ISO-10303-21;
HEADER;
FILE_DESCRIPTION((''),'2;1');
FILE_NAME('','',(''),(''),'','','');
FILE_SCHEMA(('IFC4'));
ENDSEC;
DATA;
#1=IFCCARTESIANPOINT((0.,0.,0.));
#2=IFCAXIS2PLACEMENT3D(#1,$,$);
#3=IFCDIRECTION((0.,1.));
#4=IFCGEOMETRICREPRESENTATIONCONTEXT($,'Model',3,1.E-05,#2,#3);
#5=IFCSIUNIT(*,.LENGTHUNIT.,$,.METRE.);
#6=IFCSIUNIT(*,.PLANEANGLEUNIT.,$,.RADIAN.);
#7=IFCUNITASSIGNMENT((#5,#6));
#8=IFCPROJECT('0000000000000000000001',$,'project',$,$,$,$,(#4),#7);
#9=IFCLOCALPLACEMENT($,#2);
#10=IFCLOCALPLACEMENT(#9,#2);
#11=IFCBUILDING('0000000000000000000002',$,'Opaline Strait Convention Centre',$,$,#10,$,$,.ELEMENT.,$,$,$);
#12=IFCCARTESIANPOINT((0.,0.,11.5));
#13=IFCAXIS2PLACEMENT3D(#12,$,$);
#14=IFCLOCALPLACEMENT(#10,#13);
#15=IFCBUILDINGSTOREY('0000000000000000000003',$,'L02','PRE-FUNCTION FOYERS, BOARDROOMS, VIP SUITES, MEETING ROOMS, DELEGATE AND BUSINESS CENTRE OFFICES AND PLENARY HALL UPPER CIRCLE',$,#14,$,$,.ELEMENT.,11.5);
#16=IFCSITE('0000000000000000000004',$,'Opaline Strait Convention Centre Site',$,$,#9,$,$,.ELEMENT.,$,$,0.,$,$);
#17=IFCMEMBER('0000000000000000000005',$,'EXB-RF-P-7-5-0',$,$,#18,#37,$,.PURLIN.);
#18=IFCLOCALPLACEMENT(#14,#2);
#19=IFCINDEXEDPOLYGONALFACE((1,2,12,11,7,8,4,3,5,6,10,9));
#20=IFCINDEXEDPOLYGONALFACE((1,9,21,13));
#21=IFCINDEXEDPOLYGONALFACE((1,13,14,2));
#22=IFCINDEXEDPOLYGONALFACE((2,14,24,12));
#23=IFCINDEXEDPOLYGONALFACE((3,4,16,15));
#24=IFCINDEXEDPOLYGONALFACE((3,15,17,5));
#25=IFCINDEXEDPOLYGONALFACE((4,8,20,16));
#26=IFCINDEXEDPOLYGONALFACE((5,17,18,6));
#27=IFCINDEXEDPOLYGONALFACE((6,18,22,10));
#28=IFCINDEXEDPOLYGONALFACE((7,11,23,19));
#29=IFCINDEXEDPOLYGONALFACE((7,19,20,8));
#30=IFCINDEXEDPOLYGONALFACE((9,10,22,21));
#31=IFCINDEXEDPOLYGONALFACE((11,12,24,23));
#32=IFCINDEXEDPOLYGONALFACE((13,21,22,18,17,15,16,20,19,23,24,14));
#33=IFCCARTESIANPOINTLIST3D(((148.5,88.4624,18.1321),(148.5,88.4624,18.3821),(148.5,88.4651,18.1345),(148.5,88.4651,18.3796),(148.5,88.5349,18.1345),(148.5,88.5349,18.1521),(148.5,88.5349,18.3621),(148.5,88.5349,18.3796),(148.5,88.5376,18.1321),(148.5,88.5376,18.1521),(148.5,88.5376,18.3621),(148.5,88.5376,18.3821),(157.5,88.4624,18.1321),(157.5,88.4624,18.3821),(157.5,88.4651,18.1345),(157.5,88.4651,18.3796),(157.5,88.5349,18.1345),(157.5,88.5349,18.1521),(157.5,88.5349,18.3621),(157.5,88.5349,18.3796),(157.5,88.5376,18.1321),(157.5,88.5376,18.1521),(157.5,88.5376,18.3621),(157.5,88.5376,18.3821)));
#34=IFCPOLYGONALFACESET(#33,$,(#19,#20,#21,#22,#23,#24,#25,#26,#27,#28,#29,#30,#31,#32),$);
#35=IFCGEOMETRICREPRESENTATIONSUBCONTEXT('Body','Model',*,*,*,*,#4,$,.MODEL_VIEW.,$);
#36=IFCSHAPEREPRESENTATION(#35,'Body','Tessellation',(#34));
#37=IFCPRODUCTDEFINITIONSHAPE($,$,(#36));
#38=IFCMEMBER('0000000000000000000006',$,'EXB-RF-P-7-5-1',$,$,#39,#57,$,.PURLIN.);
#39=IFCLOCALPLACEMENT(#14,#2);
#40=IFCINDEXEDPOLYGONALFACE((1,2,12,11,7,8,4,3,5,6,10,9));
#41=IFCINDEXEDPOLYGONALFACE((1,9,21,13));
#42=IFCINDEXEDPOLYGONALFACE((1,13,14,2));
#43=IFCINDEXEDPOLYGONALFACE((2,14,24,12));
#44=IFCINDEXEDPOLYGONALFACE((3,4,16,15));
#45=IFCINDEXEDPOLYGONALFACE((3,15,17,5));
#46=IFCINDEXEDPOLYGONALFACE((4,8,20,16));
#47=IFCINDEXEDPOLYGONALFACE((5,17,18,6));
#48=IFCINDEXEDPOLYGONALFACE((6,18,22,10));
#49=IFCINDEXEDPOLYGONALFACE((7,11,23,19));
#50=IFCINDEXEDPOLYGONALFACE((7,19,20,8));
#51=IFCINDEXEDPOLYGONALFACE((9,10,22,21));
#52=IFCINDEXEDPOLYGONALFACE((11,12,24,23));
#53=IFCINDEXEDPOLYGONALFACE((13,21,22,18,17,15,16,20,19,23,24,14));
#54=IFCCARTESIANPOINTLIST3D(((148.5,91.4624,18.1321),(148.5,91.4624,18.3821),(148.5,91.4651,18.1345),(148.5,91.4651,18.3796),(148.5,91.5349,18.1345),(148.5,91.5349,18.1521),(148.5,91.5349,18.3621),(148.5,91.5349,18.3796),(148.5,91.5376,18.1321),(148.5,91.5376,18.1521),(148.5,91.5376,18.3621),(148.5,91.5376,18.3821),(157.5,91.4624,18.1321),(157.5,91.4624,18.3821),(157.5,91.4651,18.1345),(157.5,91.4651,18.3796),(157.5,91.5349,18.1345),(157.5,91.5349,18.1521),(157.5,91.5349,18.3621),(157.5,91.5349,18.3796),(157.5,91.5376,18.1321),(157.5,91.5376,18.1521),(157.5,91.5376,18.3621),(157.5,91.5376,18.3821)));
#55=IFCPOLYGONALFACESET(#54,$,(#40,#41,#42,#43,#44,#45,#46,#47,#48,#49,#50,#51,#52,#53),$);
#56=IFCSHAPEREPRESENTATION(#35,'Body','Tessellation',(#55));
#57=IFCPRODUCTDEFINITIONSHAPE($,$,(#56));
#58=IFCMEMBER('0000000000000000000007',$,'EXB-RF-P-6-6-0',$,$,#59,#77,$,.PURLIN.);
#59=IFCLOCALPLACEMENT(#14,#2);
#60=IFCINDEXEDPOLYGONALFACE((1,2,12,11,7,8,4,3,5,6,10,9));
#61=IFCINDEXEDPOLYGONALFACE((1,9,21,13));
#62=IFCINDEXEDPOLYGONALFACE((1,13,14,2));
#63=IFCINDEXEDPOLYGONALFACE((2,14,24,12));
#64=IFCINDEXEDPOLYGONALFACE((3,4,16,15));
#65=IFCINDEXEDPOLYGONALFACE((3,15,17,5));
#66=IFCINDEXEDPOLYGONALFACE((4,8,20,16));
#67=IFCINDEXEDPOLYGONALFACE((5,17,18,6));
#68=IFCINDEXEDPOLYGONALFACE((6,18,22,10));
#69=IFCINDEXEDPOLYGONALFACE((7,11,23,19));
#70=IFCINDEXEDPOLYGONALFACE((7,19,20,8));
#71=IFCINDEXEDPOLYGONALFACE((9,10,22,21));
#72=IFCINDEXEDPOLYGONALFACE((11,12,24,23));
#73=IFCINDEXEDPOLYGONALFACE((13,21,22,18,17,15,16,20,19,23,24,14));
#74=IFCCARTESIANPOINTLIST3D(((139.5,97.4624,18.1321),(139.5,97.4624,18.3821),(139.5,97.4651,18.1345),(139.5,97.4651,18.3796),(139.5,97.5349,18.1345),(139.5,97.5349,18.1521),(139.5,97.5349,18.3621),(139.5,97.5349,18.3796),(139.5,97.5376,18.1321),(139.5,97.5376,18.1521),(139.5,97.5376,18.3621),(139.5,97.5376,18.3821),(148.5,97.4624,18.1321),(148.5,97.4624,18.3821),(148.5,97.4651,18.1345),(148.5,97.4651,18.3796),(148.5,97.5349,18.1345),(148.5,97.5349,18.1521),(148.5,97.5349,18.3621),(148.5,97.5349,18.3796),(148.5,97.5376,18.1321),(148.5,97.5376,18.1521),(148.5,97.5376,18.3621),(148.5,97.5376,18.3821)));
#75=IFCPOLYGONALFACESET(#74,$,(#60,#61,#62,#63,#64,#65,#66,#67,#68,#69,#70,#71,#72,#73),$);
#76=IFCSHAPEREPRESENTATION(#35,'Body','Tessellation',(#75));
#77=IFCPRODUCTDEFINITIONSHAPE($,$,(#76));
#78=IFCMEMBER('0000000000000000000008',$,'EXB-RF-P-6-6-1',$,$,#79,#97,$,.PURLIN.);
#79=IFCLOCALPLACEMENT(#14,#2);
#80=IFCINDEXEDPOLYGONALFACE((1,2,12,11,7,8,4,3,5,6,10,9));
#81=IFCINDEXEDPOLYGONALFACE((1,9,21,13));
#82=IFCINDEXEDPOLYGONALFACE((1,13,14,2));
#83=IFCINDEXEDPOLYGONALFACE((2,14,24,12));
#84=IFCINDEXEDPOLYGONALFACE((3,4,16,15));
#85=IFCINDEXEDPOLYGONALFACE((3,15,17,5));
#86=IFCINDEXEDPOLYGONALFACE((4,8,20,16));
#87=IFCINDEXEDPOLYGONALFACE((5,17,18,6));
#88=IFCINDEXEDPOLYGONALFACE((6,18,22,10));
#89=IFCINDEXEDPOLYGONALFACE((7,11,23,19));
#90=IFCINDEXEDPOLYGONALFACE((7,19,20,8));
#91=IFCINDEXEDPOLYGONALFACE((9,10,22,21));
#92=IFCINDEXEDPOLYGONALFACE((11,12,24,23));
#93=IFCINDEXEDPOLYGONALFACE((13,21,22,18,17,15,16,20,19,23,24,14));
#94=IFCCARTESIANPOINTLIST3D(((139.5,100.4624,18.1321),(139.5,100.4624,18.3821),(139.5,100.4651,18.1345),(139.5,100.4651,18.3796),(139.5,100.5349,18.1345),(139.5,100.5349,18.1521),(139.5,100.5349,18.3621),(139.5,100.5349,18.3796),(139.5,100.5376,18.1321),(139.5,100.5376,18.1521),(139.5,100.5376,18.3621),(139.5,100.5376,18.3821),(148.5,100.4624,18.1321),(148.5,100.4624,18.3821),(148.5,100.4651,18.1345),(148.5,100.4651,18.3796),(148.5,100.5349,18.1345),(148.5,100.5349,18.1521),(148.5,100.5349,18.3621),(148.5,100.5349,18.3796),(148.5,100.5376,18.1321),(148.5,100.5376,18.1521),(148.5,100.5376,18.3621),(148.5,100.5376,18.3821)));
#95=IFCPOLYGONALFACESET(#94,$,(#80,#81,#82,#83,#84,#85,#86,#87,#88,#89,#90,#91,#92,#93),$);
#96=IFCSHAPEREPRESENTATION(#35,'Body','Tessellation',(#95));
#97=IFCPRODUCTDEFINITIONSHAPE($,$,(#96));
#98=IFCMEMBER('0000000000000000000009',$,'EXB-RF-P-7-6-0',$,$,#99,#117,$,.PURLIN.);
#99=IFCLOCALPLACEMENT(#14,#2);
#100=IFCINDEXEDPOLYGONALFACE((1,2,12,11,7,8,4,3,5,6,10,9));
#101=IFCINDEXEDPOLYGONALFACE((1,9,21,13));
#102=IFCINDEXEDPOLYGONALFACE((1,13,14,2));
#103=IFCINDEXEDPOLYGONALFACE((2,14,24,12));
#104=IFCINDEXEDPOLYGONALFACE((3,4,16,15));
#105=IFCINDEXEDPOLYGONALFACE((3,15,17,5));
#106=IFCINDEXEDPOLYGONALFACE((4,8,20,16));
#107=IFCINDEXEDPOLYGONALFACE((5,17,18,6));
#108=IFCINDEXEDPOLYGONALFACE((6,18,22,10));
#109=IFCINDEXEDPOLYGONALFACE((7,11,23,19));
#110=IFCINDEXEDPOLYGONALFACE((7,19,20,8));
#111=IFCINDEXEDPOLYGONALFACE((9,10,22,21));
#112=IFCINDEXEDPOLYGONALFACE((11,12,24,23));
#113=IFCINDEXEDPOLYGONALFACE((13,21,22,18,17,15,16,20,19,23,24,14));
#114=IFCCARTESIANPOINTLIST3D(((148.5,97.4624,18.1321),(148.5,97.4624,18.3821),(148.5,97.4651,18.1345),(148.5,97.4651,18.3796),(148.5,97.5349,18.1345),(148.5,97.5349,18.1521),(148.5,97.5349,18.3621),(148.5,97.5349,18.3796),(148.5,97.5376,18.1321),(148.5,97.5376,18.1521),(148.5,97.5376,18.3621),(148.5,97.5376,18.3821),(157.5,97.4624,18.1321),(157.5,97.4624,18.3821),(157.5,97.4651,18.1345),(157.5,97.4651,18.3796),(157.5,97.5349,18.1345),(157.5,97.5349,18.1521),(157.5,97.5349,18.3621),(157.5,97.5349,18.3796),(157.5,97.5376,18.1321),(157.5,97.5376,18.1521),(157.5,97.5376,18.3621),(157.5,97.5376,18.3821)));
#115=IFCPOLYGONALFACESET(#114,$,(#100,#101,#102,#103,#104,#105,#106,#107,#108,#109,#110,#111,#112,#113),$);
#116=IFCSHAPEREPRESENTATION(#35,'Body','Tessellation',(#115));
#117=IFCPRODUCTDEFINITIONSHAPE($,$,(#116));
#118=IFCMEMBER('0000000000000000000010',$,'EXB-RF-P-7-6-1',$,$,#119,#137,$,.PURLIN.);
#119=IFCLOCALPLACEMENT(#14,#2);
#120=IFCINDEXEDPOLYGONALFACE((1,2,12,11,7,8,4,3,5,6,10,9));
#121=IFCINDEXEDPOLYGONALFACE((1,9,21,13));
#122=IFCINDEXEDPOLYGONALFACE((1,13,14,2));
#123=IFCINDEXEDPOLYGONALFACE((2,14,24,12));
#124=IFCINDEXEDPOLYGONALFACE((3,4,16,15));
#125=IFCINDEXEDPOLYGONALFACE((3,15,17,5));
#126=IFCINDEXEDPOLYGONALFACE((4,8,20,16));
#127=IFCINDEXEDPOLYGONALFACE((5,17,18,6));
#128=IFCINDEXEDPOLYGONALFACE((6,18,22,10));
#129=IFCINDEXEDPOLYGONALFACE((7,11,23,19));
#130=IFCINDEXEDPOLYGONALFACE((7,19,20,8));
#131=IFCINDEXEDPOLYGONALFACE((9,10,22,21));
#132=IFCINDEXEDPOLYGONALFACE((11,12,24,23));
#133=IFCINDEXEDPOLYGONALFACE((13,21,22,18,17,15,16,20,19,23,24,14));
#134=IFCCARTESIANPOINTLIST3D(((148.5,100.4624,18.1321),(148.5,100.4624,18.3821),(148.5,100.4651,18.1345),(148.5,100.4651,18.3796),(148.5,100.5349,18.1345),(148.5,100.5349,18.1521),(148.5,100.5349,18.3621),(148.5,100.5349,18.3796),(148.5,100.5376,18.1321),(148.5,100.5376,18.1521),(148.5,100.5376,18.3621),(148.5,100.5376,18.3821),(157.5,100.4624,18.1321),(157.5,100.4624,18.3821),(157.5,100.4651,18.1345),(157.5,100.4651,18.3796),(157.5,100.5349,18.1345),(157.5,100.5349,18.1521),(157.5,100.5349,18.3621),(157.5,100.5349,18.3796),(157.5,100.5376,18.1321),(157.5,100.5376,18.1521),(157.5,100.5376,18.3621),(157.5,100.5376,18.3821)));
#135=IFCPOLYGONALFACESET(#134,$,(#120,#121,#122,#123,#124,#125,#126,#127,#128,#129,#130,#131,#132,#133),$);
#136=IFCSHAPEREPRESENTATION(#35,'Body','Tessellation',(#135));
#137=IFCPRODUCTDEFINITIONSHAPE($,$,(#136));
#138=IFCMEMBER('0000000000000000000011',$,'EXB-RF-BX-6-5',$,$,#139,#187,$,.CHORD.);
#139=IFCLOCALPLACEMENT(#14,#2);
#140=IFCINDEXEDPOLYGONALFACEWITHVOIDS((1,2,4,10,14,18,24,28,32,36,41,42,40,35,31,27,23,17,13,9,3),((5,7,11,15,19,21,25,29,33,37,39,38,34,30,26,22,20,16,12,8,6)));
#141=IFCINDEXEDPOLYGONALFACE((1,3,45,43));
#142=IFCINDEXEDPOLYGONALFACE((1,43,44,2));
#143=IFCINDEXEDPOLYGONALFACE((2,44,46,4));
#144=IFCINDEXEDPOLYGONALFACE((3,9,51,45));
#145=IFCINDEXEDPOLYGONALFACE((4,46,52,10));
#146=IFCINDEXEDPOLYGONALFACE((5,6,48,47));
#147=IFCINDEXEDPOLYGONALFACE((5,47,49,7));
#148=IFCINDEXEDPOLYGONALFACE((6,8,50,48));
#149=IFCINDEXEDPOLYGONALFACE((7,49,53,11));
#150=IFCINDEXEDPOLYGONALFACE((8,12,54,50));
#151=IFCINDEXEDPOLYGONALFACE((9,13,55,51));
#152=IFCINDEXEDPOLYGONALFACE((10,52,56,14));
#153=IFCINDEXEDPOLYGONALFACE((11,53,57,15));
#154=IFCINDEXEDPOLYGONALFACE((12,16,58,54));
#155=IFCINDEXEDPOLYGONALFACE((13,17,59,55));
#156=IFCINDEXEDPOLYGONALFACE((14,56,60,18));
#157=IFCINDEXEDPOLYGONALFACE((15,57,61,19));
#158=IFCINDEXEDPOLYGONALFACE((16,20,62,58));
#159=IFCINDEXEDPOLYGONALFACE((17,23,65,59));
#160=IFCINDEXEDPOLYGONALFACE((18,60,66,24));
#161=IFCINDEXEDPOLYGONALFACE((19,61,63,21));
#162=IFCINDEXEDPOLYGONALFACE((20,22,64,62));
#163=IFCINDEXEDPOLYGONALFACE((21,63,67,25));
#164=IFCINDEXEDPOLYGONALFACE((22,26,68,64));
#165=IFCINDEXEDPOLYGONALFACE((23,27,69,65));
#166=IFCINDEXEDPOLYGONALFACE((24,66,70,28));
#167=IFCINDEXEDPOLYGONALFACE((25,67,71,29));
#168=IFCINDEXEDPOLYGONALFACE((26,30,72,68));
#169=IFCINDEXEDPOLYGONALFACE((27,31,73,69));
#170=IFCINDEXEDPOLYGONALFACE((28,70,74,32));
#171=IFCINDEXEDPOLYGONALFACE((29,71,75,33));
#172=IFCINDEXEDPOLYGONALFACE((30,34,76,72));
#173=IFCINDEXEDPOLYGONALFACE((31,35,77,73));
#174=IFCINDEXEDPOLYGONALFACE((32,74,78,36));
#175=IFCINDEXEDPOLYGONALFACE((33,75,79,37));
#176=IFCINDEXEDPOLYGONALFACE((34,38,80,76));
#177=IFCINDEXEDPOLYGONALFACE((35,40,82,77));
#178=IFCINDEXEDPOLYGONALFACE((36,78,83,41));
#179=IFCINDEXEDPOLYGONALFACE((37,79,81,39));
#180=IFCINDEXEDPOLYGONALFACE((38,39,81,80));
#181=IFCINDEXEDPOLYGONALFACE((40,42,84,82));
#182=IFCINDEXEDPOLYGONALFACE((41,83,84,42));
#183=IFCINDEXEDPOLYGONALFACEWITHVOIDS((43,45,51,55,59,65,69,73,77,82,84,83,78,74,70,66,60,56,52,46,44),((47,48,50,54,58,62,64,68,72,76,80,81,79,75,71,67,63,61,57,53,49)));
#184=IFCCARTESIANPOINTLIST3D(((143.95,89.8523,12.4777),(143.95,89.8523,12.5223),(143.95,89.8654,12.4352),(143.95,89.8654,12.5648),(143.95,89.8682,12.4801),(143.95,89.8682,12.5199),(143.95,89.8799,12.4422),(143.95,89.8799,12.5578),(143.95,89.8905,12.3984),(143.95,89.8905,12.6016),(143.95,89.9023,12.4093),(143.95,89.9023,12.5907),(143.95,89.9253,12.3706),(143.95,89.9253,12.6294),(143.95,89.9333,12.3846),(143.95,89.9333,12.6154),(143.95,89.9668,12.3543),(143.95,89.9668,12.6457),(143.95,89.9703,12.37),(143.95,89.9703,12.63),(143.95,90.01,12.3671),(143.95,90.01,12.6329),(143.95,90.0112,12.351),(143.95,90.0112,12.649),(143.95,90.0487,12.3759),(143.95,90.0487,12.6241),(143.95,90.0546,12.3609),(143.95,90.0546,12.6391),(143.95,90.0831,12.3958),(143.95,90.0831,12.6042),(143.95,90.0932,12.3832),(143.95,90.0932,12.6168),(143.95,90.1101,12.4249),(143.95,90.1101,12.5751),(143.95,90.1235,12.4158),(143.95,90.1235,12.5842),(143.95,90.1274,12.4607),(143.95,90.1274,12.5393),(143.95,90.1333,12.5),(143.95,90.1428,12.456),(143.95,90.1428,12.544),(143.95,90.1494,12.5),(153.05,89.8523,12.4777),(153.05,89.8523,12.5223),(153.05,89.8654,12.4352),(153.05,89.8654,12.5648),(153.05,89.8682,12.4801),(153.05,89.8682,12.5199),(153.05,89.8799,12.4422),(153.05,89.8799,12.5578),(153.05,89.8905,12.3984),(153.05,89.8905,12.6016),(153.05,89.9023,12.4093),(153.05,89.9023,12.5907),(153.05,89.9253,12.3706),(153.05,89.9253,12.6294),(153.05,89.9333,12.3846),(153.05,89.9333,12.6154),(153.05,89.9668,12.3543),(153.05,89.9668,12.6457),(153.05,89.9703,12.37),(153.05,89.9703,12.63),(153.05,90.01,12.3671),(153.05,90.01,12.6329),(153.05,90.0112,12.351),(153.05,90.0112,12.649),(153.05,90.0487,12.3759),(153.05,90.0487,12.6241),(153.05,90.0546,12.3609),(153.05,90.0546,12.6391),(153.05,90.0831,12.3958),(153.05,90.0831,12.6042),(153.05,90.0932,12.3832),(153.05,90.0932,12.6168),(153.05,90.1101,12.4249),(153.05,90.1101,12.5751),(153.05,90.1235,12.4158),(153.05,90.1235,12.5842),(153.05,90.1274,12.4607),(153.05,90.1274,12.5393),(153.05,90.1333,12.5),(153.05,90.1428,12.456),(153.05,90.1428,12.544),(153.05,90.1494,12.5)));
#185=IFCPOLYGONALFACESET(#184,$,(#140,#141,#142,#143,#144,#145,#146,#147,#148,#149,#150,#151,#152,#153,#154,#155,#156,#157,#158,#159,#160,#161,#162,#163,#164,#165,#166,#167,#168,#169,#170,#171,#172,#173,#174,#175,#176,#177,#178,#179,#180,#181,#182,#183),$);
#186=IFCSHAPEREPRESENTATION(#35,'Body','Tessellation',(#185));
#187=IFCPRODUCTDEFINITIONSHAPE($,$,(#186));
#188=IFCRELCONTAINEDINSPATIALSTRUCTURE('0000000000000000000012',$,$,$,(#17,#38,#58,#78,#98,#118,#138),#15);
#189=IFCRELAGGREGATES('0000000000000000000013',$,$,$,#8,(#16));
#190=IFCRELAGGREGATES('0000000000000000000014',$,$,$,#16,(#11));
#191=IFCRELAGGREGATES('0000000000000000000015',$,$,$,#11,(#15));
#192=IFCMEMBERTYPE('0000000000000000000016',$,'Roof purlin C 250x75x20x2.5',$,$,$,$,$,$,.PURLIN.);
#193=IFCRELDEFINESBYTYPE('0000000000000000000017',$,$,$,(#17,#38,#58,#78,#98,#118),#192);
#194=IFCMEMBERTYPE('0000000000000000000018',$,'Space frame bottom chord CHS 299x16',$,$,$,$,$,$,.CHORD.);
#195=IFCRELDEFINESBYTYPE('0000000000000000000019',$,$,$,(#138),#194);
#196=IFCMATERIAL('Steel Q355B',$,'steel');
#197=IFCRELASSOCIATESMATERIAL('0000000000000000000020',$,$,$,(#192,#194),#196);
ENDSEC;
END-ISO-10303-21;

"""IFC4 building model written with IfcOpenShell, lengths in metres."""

from ifc_helpers import new_model, si_unit, direction, frame, origin, origin_2d, place, context, subcontext, project, spatial, polyline, hollow_circle, outline, extrude, material, material_profile, profile_set, type_object, element, save


model = new_model("IFC4")

# Units and contexts
model_context = context("Model", 3, precision=1e-05, world=origin(), true_north=direction((0.0, 1.0)))
body_context = subcontext(model_context, "Body", "Model", "MODEL_VIEW")
ifc_project = project(units=[si_unit("LENGTHUNIT", "METRE"), si_unit("PLANEANGLEUNIT", "RADIAN")], contexts=[model_context])

# Site, building, storey
site_placement = place(None, origin())
site = spatial("IfcSite", under=ifc_project, at=site_placement, Name="Opaline Strait Convention Centre Site", CompositionType="ELEMENT", RefElevation=0.0)
building_placement = place(site_placement, origin())
building = spatial("IfcBuilding", under=site, at=building_placement, Name="Opaline Strait Convention Centre", CompositionType="ELEMENT")
storey_placement = place(building_placement, frame((0.0, 0.0, 11.5)))
storey = spatial("IfcBuildingStorey", under=building, at=storey_placement, Name="L02", Description="PRE-FUNCTION FOYERS, BOARDROOMS, VIP SUITES, MEETING ROOMS, DELEGATE AND BUSINESS CENTRE OFFICES AND PLENARY HALL UPPER CIRCLE", CompositionType="ELEMENT", Elevation=11.5)

# Members
ifc_material = material(Name="Steel Q355B", Category="steel")
ifc_material_profile_1 = material_profile(ifc_material, outline(polyline([(-0.0376, -0.125), (0.0376, -0.125), (0.0376, -0.105), (0.0349, -0.105), (0.0349, -0.1226), (-0.0349, -0.1226), (-0.0349, 0.1226), (0.0349, 0.1226), (0.0349, 0.105), (0.0376, 0.105), (0.0376, 0.125), (-0.0376, 0.125), (-0.0376, -0.125)])), Name="C 250x75x20x2.5")
ifc_profile_set_1 = profile_set([ifc_material_profile_1], Name="Steel Q355B")
member_type_1 = type_object("IfcMemberType", Name="Roof purlin C 250x75x20x2.5", PredefinedType="PURLIN", material=ifc_profile_set_1)
for number, where, z_axis, x_axis, name in (
    (1, (148.5, 88.5, 18.2571), (1.0, 0.0, 0.0), (0.0, 1.0, 0.0), "EXB-RF-P-7-5-0"),
    (2, (148.5, 91.5, 18.2571), (1.0, 0.0, 0.0), (0.0, 1.0, 0.0), "EXB-RF-P-7-5-1"),
    (3, (139.5, 97.5, 18.2571), (1.0, 0.0, 0.0), (0.0, 1.0, 0.0), "EXB-RF-P-6-6-0"),
    (4, (139.5, 100.5, 18.2571), (1.0, 0.0, 0.0), (0.0, 1.0, 0.0), "EXB-RF-P-6-6-1"),
    (5, (148.5, 97.5, 18.2571), (1.0, 0.0, 0.0), (0.0, 1.0, 0.0), "EXB-RF-P-7-6-0"),
    (6, (148.5, 100.5, 18.2571), (1.0, 0.0, 0.0), (0.0, 1.0, 0.0), "EXB-RF-P-7-6-1"),
):
    element("IfcMember", number, at=place(storey_placement, frame(where, z_axis=z_axis, x_axis=x_axis)), inside=storey, type_object=member_type_1, Name=name, PredefinedType="PURLIN", context=body_context, shape_type="SweptSolid", body=[
        extrude(outline(polyline([(-0.0376, -0.125), (0.0376, -0.125), (0.0376, -0.105), (0.0349, -0.105), (0.0349, -0.1226), (-0.0349, -0.1226), (-0.0349, 0.1226), (0.0349, 0.1226), (0.0349, 0.105), (0.0376, 0.105), (0.0376, 0.125), (-0.0376, 0.125), (-0.0376, -0.125)])), origin(), (0.0, 0.0, 1.0), 9.0),
    ])
ifc_material_profile_2 = material_profile(ifc_material, hollow_circle(Radius=0.1494, WallThickness=0.0161, at=origin_2d()), Name="CHS 299x16")
ifc_profile_set_2 = profile_set([ifc_material_profile_2], Name="Steel Q355B")
member_type_2 = type_object("IfcMemberType", Name="Space frame bottom chord CHS 299x16", PredefinedType="CHORD", material=ifc_profile_set_2)
for number, where, z_axis, x_axis, name in (
    (7, (143.95, 90.0, 12.5), (1.0, 0.0, 0.0), (0.0, 1.0, 0.0), "EXB-RF-BX-6-5"),
):
    element("IfcMember", number, at=place(storey_placement, frame(where, z_axis=z_axis, x_axis=x_axis)), inside=storey, type_object=member_type_2, Name=name, PredefinedType="CHORD", context=body_context, shape_type="SweptSolid", body=[
        extrude(hollow_circle(Radius=0.1494, WallThickness=0.0161, at=origin_2d()), origin(), (0.0, 0.0, 1.0), 9.1001),
    ])

save(model, "model.ifc")
